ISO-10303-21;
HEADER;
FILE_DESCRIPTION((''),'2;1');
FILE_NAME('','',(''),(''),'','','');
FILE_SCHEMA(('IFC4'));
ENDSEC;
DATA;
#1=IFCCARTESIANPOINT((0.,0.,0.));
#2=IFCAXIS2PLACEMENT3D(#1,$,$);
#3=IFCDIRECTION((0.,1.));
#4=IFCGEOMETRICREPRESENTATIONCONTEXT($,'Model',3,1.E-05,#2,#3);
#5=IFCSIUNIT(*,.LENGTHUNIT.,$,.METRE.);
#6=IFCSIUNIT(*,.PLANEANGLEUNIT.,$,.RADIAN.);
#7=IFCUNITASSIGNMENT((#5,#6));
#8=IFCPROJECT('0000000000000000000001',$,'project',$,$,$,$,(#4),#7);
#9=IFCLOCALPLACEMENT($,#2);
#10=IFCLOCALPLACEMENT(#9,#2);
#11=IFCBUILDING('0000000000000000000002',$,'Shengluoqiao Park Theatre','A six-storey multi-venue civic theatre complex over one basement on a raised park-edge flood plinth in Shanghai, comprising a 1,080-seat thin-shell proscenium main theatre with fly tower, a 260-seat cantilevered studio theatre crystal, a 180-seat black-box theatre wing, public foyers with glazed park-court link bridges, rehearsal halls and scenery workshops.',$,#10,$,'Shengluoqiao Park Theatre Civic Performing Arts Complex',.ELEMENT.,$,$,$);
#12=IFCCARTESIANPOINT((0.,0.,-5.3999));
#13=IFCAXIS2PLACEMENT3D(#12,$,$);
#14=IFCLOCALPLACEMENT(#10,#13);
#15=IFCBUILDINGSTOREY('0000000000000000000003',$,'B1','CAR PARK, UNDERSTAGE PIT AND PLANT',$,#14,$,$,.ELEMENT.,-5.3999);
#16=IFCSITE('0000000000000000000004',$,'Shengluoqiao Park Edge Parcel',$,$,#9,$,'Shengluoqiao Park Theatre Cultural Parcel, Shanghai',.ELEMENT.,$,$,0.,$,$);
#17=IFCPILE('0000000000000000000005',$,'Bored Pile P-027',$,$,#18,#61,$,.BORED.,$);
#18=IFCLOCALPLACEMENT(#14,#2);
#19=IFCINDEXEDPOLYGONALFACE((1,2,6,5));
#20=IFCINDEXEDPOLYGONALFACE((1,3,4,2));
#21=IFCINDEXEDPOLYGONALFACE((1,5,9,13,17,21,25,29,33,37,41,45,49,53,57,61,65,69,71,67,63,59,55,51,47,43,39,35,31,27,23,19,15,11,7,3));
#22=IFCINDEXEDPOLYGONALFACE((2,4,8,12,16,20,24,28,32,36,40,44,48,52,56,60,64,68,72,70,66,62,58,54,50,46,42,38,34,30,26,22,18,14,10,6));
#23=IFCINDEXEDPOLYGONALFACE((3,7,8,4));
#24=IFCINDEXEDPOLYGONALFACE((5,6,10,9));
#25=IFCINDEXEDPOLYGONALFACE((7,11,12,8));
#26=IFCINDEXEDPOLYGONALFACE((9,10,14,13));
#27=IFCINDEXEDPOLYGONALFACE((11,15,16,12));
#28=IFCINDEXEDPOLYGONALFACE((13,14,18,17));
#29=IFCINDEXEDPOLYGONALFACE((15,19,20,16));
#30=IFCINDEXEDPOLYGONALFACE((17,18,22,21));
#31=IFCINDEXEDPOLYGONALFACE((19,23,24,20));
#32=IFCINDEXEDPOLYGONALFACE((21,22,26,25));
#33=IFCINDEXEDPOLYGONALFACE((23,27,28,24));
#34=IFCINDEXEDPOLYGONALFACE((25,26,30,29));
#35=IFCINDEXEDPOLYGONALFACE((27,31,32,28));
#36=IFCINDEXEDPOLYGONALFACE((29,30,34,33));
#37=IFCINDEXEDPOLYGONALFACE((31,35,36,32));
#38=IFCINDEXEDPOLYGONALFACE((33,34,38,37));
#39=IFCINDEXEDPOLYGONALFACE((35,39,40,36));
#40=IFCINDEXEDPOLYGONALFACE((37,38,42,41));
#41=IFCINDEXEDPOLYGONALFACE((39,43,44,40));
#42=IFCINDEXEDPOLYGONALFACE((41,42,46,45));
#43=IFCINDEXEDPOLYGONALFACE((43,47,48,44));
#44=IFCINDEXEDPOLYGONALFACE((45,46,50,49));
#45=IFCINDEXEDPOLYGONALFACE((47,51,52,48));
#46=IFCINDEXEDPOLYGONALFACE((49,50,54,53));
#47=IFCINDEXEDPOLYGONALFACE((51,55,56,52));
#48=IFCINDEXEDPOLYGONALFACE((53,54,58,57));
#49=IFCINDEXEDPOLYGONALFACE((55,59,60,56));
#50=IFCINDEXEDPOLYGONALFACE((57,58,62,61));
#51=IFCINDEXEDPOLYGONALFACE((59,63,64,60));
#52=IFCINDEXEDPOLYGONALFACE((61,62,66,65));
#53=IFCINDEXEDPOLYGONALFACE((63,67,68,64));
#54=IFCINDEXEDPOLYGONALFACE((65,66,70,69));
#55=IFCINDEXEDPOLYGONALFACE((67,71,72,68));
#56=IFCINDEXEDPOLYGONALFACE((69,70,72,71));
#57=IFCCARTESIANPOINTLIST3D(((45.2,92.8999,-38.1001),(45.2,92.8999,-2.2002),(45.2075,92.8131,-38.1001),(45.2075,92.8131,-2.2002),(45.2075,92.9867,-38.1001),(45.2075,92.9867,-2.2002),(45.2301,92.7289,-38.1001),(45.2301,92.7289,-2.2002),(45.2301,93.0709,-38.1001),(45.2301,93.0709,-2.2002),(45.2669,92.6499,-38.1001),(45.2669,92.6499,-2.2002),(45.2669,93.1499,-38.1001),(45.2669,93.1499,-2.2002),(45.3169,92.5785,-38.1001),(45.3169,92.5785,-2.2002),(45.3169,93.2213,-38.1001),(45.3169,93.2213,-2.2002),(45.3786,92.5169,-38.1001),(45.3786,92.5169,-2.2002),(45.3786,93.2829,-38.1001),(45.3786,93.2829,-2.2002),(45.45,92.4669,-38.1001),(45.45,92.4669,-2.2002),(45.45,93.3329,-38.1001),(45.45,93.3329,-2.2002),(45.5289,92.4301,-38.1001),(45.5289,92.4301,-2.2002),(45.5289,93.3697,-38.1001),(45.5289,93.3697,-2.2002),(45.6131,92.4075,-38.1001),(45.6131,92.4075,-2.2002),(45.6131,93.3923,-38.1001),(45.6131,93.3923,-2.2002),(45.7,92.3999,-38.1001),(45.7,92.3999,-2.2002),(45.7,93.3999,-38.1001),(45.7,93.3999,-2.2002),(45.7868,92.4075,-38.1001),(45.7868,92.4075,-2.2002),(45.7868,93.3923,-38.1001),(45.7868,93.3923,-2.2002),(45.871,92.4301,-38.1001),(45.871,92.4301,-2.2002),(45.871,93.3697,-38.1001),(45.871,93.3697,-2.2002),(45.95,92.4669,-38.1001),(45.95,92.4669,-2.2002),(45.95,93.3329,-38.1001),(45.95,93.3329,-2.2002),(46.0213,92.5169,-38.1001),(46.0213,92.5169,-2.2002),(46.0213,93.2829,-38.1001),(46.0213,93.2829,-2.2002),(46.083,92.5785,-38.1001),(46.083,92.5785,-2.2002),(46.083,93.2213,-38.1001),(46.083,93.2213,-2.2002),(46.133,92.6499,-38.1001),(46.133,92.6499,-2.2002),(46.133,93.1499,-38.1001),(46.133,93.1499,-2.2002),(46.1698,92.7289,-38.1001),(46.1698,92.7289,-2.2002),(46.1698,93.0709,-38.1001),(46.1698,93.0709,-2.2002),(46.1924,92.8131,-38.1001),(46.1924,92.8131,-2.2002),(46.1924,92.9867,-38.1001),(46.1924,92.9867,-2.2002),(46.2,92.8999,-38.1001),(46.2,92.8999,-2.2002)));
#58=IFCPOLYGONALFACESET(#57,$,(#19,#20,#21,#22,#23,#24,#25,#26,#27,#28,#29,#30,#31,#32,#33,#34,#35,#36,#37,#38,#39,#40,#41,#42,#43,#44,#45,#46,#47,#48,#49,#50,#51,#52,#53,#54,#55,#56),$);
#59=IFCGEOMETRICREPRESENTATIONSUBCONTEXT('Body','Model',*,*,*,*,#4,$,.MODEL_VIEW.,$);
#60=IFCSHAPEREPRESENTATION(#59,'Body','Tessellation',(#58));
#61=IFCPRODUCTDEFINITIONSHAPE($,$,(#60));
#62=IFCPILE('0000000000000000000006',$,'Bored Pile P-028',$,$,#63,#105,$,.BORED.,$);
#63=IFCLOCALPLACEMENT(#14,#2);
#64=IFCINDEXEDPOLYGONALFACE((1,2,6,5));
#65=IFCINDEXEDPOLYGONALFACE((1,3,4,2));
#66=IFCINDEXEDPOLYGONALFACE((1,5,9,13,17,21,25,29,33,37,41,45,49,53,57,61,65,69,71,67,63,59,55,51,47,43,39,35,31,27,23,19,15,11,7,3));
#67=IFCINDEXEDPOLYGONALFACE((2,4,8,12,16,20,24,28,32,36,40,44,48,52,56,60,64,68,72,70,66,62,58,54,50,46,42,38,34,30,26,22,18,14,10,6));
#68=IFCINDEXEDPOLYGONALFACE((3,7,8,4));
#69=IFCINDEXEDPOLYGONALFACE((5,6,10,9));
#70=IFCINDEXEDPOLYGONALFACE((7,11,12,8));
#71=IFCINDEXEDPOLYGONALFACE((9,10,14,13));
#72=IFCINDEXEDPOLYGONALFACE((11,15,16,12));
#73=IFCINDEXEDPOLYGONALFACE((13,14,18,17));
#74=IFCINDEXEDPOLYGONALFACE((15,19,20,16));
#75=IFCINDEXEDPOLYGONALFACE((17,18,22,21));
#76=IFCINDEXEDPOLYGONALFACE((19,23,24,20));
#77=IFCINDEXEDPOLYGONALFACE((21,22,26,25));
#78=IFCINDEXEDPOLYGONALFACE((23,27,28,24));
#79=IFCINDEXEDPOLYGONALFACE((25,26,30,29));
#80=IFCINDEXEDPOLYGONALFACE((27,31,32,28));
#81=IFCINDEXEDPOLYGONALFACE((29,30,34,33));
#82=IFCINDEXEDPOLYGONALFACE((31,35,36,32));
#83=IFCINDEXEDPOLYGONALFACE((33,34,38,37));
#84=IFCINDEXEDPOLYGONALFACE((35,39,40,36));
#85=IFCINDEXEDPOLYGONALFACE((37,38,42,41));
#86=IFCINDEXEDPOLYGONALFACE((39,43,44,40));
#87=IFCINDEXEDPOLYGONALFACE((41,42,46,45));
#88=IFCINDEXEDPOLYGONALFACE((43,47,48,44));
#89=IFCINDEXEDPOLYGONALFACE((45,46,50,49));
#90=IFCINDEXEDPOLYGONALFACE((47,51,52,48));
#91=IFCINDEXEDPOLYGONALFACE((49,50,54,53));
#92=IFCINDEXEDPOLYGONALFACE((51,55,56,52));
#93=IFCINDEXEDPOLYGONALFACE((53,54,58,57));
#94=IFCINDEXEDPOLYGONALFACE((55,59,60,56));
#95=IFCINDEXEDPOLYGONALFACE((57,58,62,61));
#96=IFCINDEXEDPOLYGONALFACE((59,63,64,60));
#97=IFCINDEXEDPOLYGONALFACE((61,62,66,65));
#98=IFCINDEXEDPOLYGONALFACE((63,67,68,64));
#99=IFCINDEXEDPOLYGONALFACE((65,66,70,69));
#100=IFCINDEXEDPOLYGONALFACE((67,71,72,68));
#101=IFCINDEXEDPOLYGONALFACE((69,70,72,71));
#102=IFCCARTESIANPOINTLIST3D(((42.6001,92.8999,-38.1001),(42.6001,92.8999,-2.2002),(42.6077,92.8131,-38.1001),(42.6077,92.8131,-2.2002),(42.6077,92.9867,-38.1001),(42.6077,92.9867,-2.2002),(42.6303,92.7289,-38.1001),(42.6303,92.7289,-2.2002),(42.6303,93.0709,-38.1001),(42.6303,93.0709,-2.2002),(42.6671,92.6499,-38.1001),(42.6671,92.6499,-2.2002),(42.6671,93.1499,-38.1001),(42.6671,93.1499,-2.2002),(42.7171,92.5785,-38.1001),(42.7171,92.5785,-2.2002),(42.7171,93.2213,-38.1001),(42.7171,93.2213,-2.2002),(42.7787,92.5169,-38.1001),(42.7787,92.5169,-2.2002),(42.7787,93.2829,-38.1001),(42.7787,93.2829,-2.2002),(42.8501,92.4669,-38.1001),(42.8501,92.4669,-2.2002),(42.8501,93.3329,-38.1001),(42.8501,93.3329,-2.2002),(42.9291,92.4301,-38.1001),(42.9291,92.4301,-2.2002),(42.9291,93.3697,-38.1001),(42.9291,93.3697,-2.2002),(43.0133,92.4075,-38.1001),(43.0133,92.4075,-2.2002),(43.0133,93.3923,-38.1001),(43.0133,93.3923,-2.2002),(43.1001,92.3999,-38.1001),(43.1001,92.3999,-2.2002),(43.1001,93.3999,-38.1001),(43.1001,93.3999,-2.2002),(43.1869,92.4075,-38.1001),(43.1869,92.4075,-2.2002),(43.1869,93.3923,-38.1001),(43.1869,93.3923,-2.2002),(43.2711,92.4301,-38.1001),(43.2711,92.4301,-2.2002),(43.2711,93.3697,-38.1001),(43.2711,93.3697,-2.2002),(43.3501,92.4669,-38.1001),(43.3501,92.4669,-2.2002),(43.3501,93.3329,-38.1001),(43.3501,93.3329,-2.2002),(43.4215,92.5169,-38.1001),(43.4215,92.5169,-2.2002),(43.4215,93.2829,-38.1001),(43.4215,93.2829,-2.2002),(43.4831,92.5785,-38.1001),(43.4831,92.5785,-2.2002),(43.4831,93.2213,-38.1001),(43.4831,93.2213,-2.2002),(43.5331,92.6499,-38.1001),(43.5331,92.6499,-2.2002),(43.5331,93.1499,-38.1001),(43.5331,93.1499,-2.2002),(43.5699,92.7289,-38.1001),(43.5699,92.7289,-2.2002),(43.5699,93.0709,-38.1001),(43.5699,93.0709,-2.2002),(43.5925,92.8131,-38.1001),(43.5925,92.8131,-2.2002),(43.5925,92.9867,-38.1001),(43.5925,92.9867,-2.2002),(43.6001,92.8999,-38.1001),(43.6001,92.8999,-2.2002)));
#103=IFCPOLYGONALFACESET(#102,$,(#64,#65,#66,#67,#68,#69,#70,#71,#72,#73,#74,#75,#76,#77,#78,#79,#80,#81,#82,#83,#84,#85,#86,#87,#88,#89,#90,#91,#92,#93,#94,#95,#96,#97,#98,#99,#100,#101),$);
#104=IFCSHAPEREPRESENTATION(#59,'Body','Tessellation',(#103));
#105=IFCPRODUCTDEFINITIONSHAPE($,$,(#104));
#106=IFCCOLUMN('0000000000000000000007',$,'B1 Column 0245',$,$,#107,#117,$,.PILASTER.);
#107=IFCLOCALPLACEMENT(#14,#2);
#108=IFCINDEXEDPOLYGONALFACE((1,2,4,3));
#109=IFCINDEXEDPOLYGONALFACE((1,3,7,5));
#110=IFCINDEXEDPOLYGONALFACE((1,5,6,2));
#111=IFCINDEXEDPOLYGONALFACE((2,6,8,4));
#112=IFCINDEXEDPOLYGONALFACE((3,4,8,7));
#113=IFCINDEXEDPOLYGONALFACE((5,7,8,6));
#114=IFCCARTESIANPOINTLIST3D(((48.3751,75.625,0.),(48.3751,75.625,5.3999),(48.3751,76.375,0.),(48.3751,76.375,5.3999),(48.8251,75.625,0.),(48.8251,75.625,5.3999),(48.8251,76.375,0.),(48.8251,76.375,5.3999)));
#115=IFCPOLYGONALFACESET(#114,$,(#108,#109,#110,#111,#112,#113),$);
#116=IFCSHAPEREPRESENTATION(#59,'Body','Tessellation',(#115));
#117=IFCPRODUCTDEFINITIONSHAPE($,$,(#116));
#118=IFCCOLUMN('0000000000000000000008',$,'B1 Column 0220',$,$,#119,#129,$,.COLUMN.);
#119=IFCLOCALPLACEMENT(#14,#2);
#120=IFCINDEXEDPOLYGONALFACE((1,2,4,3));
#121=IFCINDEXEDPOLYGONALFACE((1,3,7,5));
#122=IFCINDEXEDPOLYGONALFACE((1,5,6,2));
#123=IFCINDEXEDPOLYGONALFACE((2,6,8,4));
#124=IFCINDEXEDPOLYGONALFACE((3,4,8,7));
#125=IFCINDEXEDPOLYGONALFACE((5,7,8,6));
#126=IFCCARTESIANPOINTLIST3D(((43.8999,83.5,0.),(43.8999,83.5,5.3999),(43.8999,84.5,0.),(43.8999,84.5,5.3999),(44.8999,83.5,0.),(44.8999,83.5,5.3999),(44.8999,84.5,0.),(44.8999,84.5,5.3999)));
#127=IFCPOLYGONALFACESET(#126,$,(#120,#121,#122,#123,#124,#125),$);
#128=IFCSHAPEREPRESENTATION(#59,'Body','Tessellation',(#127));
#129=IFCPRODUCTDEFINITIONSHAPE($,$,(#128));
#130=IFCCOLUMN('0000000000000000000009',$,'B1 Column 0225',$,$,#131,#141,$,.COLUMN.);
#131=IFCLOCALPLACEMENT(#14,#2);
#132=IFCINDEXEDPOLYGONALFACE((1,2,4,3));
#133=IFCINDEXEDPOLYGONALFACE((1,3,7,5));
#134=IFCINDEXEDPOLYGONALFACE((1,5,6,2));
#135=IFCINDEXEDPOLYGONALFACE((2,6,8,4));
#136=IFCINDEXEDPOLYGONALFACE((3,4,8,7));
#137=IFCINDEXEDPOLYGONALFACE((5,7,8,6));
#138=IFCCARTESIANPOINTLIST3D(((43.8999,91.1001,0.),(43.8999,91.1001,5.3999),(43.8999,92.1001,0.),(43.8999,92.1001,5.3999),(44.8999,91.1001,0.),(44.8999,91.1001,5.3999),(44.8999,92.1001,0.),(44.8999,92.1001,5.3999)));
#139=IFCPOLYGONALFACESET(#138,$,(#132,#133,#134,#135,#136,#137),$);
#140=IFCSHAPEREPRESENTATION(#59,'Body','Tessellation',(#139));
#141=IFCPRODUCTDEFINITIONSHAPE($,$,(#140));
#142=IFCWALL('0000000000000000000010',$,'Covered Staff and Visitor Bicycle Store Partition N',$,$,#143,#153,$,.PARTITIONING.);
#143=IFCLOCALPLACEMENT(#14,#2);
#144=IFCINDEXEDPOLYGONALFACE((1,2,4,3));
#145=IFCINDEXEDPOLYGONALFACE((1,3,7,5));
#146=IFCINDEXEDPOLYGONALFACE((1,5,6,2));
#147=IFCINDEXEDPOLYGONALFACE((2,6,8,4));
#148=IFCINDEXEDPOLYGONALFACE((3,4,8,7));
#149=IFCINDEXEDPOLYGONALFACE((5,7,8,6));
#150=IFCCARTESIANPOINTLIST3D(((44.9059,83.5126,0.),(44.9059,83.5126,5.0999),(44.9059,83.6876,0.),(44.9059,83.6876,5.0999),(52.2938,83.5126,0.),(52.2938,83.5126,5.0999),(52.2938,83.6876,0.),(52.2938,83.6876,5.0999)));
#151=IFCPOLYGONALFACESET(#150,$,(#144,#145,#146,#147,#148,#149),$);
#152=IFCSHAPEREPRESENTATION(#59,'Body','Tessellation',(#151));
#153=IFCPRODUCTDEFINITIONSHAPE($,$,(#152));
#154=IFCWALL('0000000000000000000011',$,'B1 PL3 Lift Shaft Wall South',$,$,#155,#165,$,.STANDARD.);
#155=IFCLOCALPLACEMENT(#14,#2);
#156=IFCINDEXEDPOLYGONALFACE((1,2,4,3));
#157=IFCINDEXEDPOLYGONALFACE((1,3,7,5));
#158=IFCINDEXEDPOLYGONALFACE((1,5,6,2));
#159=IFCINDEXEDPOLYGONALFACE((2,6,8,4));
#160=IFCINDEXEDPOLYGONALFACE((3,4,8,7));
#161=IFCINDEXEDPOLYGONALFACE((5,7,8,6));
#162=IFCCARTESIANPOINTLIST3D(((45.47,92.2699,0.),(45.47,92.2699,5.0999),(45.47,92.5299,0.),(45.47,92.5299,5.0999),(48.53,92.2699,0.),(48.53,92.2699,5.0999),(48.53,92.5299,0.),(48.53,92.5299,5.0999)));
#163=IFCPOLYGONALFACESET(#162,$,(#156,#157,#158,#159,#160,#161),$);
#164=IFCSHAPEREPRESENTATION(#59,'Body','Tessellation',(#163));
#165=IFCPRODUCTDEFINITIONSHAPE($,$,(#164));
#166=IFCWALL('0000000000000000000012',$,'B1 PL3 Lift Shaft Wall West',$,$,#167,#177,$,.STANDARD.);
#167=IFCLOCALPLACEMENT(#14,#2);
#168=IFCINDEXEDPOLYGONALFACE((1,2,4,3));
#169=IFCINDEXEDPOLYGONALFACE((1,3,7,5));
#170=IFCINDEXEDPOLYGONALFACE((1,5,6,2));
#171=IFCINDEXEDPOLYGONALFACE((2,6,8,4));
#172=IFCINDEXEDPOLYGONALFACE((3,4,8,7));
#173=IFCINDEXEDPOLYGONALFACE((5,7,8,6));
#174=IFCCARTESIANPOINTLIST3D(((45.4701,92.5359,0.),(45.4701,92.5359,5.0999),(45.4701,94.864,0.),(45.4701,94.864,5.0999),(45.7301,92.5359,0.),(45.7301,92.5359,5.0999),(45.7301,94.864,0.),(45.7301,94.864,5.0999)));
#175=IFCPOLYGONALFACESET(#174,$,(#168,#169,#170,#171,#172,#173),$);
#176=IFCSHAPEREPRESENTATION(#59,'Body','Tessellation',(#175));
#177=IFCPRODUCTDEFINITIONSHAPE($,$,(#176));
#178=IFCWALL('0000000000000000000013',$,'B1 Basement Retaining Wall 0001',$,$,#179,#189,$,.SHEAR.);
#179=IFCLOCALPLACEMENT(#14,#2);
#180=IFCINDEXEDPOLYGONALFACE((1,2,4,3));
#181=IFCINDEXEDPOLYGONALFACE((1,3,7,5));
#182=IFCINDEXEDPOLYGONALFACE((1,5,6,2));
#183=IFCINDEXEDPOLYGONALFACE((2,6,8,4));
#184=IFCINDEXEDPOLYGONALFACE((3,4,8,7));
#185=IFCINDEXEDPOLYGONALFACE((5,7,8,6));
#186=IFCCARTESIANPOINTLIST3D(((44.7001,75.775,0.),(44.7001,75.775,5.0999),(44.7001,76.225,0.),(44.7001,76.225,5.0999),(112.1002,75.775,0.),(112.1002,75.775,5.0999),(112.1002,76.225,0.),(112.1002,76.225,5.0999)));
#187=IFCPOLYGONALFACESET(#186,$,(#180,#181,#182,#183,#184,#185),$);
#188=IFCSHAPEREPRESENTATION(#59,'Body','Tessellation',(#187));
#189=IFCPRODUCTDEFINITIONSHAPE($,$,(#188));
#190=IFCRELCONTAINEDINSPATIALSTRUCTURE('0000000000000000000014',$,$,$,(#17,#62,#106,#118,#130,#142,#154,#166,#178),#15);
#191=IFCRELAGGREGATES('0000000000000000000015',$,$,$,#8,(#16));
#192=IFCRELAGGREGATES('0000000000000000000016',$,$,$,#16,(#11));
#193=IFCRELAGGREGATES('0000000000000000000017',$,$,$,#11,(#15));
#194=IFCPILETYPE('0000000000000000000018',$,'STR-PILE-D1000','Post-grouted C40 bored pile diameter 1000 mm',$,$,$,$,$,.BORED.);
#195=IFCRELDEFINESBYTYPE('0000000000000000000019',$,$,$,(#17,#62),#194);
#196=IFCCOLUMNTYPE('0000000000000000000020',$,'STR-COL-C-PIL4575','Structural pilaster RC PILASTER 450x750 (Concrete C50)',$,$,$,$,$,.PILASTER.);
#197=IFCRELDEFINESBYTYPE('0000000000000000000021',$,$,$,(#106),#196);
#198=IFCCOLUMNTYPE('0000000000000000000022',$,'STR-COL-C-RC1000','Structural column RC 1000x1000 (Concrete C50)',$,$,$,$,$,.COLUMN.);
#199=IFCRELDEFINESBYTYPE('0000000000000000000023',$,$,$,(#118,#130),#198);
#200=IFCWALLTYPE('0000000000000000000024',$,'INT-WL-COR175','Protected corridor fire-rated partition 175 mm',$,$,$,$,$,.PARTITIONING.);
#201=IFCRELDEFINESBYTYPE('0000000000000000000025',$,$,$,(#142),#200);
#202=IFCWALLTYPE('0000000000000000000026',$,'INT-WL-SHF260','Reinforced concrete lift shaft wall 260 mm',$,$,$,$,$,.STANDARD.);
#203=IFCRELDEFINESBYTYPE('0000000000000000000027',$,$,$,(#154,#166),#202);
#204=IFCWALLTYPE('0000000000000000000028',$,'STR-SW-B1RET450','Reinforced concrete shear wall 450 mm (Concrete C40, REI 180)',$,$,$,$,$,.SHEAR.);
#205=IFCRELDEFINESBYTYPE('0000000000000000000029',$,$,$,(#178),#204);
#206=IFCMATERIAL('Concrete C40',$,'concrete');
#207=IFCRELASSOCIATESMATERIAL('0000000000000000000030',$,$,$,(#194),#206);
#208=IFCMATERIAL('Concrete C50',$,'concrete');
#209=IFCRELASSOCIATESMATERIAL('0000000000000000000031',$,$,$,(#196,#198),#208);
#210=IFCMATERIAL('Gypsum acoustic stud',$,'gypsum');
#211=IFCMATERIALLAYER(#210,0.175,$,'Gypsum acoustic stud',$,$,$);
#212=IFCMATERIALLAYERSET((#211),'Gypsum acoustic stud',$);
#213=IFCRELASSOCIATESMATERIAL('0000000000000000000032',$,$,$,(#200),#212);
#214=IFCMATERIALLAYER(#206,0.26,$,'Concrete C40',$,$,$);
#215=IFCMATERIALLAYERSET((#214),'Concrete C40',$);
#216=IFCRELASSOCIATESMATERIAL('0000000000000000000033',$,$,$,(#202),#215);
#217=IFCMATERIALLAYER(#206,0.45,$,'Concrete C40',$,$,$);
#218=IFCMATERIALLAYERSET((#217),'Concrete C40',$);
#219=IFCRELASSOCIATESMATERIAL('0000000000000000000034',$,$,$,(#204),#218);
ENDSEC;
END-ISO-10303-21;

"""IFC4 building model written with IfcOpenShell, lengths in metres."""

from ifc_helpers import new_model, si_unit, direction, frame, frame_2d, origin, origin_2d, place, context, subcontext, project, spatial, rectangle, circle, extrude, material, layer, layer_set, material_profile, profile_set, type_object, element, save


model = new_model("IFC4")

# Units and contexts
model_context = context("Model", 3, precision=1e-05, world=origin(), true_north=direction((0.0, 1.0)))
body_context = subcontext(model_context, "Body", "Model", "MODEL_VIEW")
ifc_project = project(units=[si_unit("LENGTHUNIT", "METRE"), si_unit("PLANEANGLEUNIT", "RADIAN")], contexts=[model_context])

# Site, building, storey
site_placement = place(None, origin())
site = spatial("IfcSite", under=ifc_project, at=site_placement, Name="Shengluoqiao Park Edge Parcel", LongName="Shengluoqiao Park Theatre Cultural Parcel, Shanghai", CompositionType="ELEMENT", RefElevation=0.0)
building_placement = place(site_placement, origin())
building = spatial("IfcBuilding", under=site, at=building_placement, Name="Shengluoqiao Park Theatre", Description="A six-storey multi-venue civic theatre complex over one basement on a raised park-edge flood plinth in Shanghai, comprising a 1,080-seat thin-shell proscenium main theatre with fly tower, a 260-seat cantilevered studio theatre crystal, a 180-seat black-box theatre wing, public foyers with glazed park-court link bridges, rehearsal halls and scenery workshops.", LongName="Shengluoqiao Park Theatre Civic Performing Arts Complex", CompositionType="ELEMENT")
storey_placement = place(building_placement, frame((0.0, 0.0, -5.3999)))
storey = spatial("IfcBuildingStorey", under=building, at=storey_placement, Name="B1", Description="CAR PARK, UNDERSTAGE PIT AND PLANT", CompositionType="ELEMENT", Elevation=-5.3999)

# Shared definitions
ifc_material_1 = material(Name="Concrete C40", Category="concrete")

# Piles
ifc_material_profile_1 = material_profile(ifc_material_1, circle(Radius=0.5, at=origin_2d()), Name="BORED PILE D1000")
ifc_profile_set_1 = profile_set([ifc_material_profile_1], Name="Concrete C40")
pile_type = type_object("IfcPileType", Name="STR-PILE-D1000", Description="Post-grouted C40 bored pile diameter 1000 mm", PredefinedType="BORED", material=ifc_profile_set_1)
for number, where, z_axis, x_axis, name in (
    (1, (45.7, 92.8999, -2.2002), (0.0, 0.0, -1.0), (1.0, 0.0, 0.0), "Bored Pile P-027"),
    (2, (43.1001, 92.8999, -2.2002), (0.0, 0.0, -1.0), (1.0, 0.0, 0.0), "Bored Pile P-028"),
):
    element("IfcPile", number, at=place(storey_placement, frame(where, z_axis=z_axis, x_axis=x_axis)), inside=storey, type_object=pile_type, Name=name, PredefinedType="BORED", context=body_context, shape_type="SweptSolid", body=[
        extrude(circle(Radius=0.5, at=origin_2d()), origin(), (0.0, 0.0, 1.0), 35.8999),
    ])

# Columns
ifc_material_2 = material(Name="Concrete C50", Category="concrete")
ifc_material_profile_2 = material_profile(ifc_material_2, rectangle(XDim=0.45, YDim=0.75, at=origin_2d()), Name="RC PILASTER 450x750")
ifc_profile_set_2 = profile_set([ifc_material_profile_2], Name="Concrete C50")
column_type_1 = type_object("IfcColumnType", Name="STR-COL-C-PIL4575", Description="Structural pilaster RC PILASTER 450x750 (Concrete C50)", PredefinedType="PILASTER", material=ifc_profile_set_2)
column_placement = place(storey_placement, frame((48.6001, 76.0, 0.0), z_axis=(0.0, 0.0, 1.0), x_axis=(1.0, 0.0, 0.0)))
element("IfcColumn", 3, at=column_placement, inside=storey, type_object=column_type_1, Name="B1 Column 0245", PredefinedType="PILASTER", context=body_context, shape_type="SweptSolid", body=[
    extrude(rectangle(XDim=0.45, YDim=0.75, at=origin_2d()), origin(), (0.0, 0.0, 1.0), 5.3999),
])
ifc_material_profile_3 = material_profile(ifc_material_2, rectangle(XDim=1.0, YDim=1.0, at=origin_2d()), Name="RC 1000x1000")
ifc_profile_set_3 = profile_set([ifc_material_profile_3], Name="Concrete C50")
column_type_2 = type_object("IfcColumnType", Name="STR-COL-C-RC1000", Description="Structural column RC 1000x1000 (Concrete C50)", PredefinedType="COLUMN", material=ifc_profile_set_3)
for number, where, z_axis, x_axis, name in (
    (4, (44.3999, 84.0, 0.0), (0.0, 0.0, 1.0), (1.0, 0.0, 0.0), "B1 Column 0220"),
    (5, (44.3999, 91.6001, 0.0), (0.0, 0.0, 1.0), (1.0, 0.0, 0.0), "B1 Column 0225"),
):
    element("IfcColumn", number, at=place(storey_placement, frame(where, z_axis=z_axis, x_axis=x_axis)), inside=storey, type_object=column_type_2, Name=name, PredefinedType="COLUMN", context=body_context, shape_type="SweptSolid", body=[
        extrude(rectangle(XDim=1.0, YDim=1.0, at=origin_2d()), origin(), (0.0, 0.0, 1.0), 5.3999),
    ])

# Walls
ifc_material_3 = material(Name="Gypsum acoustic stud", Category="gypsum")
ifc_layer_1 = layer(ifc_material_3, 0.175, Name="Gypsum acoustic stud")
ifc_layer_set_1 = layer_set([ifc_layer_1], Name="Gypsum acoustic stud")
wall_type_1 = type_object("IfcWallType", Name="INT-WL-COR175", Description="Protected corridor fire-rated partition 175 mm", PredefinedType="PARTITIONING", material=ifc_layer_set_1)
wall_1_placement = place(storey_placement, frame((44.906, 83.6001, 0.0), z_axis=(0.0, 0.0, 1.0), x_axis=(1.0, 0.0, 0.0)))
element("IfcWall", 6, at=wall_1_placement, inside=storey, type_object=wall_type_1, Name="Covered Staff and Visitor Bicycle Store Partition N", PredefinedType="PARTITIONING", context=body_context, shape_type="SweptSolid", body=[
    extrude(rectangle(XDim=7.3879, YDim=0.175, at=frame_2d((3.6938, 0.0))), origin(), (0.0, 0.0, 1.0), 5.0999),
])
ifc_layer_2 = layer(ifc_material_1, 0.26, Name="Concrete C40")
ifc_layer_set_2 = layer_set([ifc_layer_2], Name="Concrete C40")
wall_type_2 = type_object("IfcWallType", Name="INT-WL-SHF260", Description="Reinforced concrete lift shaft wall 260 mm", PredefinedType="STANDARD", material=ifc_layer_set_2)
wall_2_placement = place(storey_placement, frame((45.47, 92.3999, 0.0), z_axis=(0.0, 0.0, 1.0), x_axis=(1.0, 0.0, 0.0)))
element("IfcWall", 7, at=wall_2_placement, inside=storey, type_object=wall_type_2, Name="B1 PL3 Lift Shaft Wall South", PredefinedType="STANDARD", context=body_context, shape_type="SweptSolid", body=[
    extrude(rectangle(XDim=3.0601, YDim=0.26, at=frame_2d((1.53, 0.0))), origin(), (0.0, 0.0, 1.0), 5.0999),
])
wall_3_placement = place(storey_placement, frame((45.6001, 92.5359, 0.0), z_axis=(0.0, 0.0, 1.0), x_axis=(0.0, 1.0, 0.0)))
element("IfcWall", 8, at=wall_3_placement, inside=storey, type_object=wall_type_2, Name="B1 PL3 Lift Shaft Wall West", PredefinedType="STANDARD", context=body_context, shape_type="SweptSolid", body=[
    extrude(rectangle(XDim=2.3281, YDim=0.26, at=frame_2d((1.1641, 0.0))), origin(), (0.0, 0.0, 1.0), 5.0999),
])

# Wall
ifc_layer_3 = layer(ifc_material_1, 0.45, Name="Concrete C40")
ifc_layer_set_3 = layer_set([ifc_layer_3], Name="Concrete C40")
wall_type_3 = type_object("IfcWallType", Name="STR-SW-B1RET450", Description="Reinforced concrete shear wall 450 mm (Concrete C40, REI 180)", PredefinedType="SHEAR", material=ifc_layer_set_3)
wall_4_placement = place(storey_placement, frame((44.7, 76.0, 0.0), z_axis=(0.0, 0.0, 1.0), x_axis=(1.0, 0.0, 0.0)))
element("IfcWall", 9, at=wall_4_placement, inside=storey, type_object=wall_type_3, Name="B1 Basement Retaining Wall 0001", PredefinedType="SHEAR", context=body_context, shape_type="SweptSolid", body=[
    extrude(rectangle(XDim=67.4001, YDim=0.45, at=frame_2d((33.7002, 0.0))), origin(), (0.0, 0.0, 1.0), 5.0999),
])

save(model, "model.ifc")
